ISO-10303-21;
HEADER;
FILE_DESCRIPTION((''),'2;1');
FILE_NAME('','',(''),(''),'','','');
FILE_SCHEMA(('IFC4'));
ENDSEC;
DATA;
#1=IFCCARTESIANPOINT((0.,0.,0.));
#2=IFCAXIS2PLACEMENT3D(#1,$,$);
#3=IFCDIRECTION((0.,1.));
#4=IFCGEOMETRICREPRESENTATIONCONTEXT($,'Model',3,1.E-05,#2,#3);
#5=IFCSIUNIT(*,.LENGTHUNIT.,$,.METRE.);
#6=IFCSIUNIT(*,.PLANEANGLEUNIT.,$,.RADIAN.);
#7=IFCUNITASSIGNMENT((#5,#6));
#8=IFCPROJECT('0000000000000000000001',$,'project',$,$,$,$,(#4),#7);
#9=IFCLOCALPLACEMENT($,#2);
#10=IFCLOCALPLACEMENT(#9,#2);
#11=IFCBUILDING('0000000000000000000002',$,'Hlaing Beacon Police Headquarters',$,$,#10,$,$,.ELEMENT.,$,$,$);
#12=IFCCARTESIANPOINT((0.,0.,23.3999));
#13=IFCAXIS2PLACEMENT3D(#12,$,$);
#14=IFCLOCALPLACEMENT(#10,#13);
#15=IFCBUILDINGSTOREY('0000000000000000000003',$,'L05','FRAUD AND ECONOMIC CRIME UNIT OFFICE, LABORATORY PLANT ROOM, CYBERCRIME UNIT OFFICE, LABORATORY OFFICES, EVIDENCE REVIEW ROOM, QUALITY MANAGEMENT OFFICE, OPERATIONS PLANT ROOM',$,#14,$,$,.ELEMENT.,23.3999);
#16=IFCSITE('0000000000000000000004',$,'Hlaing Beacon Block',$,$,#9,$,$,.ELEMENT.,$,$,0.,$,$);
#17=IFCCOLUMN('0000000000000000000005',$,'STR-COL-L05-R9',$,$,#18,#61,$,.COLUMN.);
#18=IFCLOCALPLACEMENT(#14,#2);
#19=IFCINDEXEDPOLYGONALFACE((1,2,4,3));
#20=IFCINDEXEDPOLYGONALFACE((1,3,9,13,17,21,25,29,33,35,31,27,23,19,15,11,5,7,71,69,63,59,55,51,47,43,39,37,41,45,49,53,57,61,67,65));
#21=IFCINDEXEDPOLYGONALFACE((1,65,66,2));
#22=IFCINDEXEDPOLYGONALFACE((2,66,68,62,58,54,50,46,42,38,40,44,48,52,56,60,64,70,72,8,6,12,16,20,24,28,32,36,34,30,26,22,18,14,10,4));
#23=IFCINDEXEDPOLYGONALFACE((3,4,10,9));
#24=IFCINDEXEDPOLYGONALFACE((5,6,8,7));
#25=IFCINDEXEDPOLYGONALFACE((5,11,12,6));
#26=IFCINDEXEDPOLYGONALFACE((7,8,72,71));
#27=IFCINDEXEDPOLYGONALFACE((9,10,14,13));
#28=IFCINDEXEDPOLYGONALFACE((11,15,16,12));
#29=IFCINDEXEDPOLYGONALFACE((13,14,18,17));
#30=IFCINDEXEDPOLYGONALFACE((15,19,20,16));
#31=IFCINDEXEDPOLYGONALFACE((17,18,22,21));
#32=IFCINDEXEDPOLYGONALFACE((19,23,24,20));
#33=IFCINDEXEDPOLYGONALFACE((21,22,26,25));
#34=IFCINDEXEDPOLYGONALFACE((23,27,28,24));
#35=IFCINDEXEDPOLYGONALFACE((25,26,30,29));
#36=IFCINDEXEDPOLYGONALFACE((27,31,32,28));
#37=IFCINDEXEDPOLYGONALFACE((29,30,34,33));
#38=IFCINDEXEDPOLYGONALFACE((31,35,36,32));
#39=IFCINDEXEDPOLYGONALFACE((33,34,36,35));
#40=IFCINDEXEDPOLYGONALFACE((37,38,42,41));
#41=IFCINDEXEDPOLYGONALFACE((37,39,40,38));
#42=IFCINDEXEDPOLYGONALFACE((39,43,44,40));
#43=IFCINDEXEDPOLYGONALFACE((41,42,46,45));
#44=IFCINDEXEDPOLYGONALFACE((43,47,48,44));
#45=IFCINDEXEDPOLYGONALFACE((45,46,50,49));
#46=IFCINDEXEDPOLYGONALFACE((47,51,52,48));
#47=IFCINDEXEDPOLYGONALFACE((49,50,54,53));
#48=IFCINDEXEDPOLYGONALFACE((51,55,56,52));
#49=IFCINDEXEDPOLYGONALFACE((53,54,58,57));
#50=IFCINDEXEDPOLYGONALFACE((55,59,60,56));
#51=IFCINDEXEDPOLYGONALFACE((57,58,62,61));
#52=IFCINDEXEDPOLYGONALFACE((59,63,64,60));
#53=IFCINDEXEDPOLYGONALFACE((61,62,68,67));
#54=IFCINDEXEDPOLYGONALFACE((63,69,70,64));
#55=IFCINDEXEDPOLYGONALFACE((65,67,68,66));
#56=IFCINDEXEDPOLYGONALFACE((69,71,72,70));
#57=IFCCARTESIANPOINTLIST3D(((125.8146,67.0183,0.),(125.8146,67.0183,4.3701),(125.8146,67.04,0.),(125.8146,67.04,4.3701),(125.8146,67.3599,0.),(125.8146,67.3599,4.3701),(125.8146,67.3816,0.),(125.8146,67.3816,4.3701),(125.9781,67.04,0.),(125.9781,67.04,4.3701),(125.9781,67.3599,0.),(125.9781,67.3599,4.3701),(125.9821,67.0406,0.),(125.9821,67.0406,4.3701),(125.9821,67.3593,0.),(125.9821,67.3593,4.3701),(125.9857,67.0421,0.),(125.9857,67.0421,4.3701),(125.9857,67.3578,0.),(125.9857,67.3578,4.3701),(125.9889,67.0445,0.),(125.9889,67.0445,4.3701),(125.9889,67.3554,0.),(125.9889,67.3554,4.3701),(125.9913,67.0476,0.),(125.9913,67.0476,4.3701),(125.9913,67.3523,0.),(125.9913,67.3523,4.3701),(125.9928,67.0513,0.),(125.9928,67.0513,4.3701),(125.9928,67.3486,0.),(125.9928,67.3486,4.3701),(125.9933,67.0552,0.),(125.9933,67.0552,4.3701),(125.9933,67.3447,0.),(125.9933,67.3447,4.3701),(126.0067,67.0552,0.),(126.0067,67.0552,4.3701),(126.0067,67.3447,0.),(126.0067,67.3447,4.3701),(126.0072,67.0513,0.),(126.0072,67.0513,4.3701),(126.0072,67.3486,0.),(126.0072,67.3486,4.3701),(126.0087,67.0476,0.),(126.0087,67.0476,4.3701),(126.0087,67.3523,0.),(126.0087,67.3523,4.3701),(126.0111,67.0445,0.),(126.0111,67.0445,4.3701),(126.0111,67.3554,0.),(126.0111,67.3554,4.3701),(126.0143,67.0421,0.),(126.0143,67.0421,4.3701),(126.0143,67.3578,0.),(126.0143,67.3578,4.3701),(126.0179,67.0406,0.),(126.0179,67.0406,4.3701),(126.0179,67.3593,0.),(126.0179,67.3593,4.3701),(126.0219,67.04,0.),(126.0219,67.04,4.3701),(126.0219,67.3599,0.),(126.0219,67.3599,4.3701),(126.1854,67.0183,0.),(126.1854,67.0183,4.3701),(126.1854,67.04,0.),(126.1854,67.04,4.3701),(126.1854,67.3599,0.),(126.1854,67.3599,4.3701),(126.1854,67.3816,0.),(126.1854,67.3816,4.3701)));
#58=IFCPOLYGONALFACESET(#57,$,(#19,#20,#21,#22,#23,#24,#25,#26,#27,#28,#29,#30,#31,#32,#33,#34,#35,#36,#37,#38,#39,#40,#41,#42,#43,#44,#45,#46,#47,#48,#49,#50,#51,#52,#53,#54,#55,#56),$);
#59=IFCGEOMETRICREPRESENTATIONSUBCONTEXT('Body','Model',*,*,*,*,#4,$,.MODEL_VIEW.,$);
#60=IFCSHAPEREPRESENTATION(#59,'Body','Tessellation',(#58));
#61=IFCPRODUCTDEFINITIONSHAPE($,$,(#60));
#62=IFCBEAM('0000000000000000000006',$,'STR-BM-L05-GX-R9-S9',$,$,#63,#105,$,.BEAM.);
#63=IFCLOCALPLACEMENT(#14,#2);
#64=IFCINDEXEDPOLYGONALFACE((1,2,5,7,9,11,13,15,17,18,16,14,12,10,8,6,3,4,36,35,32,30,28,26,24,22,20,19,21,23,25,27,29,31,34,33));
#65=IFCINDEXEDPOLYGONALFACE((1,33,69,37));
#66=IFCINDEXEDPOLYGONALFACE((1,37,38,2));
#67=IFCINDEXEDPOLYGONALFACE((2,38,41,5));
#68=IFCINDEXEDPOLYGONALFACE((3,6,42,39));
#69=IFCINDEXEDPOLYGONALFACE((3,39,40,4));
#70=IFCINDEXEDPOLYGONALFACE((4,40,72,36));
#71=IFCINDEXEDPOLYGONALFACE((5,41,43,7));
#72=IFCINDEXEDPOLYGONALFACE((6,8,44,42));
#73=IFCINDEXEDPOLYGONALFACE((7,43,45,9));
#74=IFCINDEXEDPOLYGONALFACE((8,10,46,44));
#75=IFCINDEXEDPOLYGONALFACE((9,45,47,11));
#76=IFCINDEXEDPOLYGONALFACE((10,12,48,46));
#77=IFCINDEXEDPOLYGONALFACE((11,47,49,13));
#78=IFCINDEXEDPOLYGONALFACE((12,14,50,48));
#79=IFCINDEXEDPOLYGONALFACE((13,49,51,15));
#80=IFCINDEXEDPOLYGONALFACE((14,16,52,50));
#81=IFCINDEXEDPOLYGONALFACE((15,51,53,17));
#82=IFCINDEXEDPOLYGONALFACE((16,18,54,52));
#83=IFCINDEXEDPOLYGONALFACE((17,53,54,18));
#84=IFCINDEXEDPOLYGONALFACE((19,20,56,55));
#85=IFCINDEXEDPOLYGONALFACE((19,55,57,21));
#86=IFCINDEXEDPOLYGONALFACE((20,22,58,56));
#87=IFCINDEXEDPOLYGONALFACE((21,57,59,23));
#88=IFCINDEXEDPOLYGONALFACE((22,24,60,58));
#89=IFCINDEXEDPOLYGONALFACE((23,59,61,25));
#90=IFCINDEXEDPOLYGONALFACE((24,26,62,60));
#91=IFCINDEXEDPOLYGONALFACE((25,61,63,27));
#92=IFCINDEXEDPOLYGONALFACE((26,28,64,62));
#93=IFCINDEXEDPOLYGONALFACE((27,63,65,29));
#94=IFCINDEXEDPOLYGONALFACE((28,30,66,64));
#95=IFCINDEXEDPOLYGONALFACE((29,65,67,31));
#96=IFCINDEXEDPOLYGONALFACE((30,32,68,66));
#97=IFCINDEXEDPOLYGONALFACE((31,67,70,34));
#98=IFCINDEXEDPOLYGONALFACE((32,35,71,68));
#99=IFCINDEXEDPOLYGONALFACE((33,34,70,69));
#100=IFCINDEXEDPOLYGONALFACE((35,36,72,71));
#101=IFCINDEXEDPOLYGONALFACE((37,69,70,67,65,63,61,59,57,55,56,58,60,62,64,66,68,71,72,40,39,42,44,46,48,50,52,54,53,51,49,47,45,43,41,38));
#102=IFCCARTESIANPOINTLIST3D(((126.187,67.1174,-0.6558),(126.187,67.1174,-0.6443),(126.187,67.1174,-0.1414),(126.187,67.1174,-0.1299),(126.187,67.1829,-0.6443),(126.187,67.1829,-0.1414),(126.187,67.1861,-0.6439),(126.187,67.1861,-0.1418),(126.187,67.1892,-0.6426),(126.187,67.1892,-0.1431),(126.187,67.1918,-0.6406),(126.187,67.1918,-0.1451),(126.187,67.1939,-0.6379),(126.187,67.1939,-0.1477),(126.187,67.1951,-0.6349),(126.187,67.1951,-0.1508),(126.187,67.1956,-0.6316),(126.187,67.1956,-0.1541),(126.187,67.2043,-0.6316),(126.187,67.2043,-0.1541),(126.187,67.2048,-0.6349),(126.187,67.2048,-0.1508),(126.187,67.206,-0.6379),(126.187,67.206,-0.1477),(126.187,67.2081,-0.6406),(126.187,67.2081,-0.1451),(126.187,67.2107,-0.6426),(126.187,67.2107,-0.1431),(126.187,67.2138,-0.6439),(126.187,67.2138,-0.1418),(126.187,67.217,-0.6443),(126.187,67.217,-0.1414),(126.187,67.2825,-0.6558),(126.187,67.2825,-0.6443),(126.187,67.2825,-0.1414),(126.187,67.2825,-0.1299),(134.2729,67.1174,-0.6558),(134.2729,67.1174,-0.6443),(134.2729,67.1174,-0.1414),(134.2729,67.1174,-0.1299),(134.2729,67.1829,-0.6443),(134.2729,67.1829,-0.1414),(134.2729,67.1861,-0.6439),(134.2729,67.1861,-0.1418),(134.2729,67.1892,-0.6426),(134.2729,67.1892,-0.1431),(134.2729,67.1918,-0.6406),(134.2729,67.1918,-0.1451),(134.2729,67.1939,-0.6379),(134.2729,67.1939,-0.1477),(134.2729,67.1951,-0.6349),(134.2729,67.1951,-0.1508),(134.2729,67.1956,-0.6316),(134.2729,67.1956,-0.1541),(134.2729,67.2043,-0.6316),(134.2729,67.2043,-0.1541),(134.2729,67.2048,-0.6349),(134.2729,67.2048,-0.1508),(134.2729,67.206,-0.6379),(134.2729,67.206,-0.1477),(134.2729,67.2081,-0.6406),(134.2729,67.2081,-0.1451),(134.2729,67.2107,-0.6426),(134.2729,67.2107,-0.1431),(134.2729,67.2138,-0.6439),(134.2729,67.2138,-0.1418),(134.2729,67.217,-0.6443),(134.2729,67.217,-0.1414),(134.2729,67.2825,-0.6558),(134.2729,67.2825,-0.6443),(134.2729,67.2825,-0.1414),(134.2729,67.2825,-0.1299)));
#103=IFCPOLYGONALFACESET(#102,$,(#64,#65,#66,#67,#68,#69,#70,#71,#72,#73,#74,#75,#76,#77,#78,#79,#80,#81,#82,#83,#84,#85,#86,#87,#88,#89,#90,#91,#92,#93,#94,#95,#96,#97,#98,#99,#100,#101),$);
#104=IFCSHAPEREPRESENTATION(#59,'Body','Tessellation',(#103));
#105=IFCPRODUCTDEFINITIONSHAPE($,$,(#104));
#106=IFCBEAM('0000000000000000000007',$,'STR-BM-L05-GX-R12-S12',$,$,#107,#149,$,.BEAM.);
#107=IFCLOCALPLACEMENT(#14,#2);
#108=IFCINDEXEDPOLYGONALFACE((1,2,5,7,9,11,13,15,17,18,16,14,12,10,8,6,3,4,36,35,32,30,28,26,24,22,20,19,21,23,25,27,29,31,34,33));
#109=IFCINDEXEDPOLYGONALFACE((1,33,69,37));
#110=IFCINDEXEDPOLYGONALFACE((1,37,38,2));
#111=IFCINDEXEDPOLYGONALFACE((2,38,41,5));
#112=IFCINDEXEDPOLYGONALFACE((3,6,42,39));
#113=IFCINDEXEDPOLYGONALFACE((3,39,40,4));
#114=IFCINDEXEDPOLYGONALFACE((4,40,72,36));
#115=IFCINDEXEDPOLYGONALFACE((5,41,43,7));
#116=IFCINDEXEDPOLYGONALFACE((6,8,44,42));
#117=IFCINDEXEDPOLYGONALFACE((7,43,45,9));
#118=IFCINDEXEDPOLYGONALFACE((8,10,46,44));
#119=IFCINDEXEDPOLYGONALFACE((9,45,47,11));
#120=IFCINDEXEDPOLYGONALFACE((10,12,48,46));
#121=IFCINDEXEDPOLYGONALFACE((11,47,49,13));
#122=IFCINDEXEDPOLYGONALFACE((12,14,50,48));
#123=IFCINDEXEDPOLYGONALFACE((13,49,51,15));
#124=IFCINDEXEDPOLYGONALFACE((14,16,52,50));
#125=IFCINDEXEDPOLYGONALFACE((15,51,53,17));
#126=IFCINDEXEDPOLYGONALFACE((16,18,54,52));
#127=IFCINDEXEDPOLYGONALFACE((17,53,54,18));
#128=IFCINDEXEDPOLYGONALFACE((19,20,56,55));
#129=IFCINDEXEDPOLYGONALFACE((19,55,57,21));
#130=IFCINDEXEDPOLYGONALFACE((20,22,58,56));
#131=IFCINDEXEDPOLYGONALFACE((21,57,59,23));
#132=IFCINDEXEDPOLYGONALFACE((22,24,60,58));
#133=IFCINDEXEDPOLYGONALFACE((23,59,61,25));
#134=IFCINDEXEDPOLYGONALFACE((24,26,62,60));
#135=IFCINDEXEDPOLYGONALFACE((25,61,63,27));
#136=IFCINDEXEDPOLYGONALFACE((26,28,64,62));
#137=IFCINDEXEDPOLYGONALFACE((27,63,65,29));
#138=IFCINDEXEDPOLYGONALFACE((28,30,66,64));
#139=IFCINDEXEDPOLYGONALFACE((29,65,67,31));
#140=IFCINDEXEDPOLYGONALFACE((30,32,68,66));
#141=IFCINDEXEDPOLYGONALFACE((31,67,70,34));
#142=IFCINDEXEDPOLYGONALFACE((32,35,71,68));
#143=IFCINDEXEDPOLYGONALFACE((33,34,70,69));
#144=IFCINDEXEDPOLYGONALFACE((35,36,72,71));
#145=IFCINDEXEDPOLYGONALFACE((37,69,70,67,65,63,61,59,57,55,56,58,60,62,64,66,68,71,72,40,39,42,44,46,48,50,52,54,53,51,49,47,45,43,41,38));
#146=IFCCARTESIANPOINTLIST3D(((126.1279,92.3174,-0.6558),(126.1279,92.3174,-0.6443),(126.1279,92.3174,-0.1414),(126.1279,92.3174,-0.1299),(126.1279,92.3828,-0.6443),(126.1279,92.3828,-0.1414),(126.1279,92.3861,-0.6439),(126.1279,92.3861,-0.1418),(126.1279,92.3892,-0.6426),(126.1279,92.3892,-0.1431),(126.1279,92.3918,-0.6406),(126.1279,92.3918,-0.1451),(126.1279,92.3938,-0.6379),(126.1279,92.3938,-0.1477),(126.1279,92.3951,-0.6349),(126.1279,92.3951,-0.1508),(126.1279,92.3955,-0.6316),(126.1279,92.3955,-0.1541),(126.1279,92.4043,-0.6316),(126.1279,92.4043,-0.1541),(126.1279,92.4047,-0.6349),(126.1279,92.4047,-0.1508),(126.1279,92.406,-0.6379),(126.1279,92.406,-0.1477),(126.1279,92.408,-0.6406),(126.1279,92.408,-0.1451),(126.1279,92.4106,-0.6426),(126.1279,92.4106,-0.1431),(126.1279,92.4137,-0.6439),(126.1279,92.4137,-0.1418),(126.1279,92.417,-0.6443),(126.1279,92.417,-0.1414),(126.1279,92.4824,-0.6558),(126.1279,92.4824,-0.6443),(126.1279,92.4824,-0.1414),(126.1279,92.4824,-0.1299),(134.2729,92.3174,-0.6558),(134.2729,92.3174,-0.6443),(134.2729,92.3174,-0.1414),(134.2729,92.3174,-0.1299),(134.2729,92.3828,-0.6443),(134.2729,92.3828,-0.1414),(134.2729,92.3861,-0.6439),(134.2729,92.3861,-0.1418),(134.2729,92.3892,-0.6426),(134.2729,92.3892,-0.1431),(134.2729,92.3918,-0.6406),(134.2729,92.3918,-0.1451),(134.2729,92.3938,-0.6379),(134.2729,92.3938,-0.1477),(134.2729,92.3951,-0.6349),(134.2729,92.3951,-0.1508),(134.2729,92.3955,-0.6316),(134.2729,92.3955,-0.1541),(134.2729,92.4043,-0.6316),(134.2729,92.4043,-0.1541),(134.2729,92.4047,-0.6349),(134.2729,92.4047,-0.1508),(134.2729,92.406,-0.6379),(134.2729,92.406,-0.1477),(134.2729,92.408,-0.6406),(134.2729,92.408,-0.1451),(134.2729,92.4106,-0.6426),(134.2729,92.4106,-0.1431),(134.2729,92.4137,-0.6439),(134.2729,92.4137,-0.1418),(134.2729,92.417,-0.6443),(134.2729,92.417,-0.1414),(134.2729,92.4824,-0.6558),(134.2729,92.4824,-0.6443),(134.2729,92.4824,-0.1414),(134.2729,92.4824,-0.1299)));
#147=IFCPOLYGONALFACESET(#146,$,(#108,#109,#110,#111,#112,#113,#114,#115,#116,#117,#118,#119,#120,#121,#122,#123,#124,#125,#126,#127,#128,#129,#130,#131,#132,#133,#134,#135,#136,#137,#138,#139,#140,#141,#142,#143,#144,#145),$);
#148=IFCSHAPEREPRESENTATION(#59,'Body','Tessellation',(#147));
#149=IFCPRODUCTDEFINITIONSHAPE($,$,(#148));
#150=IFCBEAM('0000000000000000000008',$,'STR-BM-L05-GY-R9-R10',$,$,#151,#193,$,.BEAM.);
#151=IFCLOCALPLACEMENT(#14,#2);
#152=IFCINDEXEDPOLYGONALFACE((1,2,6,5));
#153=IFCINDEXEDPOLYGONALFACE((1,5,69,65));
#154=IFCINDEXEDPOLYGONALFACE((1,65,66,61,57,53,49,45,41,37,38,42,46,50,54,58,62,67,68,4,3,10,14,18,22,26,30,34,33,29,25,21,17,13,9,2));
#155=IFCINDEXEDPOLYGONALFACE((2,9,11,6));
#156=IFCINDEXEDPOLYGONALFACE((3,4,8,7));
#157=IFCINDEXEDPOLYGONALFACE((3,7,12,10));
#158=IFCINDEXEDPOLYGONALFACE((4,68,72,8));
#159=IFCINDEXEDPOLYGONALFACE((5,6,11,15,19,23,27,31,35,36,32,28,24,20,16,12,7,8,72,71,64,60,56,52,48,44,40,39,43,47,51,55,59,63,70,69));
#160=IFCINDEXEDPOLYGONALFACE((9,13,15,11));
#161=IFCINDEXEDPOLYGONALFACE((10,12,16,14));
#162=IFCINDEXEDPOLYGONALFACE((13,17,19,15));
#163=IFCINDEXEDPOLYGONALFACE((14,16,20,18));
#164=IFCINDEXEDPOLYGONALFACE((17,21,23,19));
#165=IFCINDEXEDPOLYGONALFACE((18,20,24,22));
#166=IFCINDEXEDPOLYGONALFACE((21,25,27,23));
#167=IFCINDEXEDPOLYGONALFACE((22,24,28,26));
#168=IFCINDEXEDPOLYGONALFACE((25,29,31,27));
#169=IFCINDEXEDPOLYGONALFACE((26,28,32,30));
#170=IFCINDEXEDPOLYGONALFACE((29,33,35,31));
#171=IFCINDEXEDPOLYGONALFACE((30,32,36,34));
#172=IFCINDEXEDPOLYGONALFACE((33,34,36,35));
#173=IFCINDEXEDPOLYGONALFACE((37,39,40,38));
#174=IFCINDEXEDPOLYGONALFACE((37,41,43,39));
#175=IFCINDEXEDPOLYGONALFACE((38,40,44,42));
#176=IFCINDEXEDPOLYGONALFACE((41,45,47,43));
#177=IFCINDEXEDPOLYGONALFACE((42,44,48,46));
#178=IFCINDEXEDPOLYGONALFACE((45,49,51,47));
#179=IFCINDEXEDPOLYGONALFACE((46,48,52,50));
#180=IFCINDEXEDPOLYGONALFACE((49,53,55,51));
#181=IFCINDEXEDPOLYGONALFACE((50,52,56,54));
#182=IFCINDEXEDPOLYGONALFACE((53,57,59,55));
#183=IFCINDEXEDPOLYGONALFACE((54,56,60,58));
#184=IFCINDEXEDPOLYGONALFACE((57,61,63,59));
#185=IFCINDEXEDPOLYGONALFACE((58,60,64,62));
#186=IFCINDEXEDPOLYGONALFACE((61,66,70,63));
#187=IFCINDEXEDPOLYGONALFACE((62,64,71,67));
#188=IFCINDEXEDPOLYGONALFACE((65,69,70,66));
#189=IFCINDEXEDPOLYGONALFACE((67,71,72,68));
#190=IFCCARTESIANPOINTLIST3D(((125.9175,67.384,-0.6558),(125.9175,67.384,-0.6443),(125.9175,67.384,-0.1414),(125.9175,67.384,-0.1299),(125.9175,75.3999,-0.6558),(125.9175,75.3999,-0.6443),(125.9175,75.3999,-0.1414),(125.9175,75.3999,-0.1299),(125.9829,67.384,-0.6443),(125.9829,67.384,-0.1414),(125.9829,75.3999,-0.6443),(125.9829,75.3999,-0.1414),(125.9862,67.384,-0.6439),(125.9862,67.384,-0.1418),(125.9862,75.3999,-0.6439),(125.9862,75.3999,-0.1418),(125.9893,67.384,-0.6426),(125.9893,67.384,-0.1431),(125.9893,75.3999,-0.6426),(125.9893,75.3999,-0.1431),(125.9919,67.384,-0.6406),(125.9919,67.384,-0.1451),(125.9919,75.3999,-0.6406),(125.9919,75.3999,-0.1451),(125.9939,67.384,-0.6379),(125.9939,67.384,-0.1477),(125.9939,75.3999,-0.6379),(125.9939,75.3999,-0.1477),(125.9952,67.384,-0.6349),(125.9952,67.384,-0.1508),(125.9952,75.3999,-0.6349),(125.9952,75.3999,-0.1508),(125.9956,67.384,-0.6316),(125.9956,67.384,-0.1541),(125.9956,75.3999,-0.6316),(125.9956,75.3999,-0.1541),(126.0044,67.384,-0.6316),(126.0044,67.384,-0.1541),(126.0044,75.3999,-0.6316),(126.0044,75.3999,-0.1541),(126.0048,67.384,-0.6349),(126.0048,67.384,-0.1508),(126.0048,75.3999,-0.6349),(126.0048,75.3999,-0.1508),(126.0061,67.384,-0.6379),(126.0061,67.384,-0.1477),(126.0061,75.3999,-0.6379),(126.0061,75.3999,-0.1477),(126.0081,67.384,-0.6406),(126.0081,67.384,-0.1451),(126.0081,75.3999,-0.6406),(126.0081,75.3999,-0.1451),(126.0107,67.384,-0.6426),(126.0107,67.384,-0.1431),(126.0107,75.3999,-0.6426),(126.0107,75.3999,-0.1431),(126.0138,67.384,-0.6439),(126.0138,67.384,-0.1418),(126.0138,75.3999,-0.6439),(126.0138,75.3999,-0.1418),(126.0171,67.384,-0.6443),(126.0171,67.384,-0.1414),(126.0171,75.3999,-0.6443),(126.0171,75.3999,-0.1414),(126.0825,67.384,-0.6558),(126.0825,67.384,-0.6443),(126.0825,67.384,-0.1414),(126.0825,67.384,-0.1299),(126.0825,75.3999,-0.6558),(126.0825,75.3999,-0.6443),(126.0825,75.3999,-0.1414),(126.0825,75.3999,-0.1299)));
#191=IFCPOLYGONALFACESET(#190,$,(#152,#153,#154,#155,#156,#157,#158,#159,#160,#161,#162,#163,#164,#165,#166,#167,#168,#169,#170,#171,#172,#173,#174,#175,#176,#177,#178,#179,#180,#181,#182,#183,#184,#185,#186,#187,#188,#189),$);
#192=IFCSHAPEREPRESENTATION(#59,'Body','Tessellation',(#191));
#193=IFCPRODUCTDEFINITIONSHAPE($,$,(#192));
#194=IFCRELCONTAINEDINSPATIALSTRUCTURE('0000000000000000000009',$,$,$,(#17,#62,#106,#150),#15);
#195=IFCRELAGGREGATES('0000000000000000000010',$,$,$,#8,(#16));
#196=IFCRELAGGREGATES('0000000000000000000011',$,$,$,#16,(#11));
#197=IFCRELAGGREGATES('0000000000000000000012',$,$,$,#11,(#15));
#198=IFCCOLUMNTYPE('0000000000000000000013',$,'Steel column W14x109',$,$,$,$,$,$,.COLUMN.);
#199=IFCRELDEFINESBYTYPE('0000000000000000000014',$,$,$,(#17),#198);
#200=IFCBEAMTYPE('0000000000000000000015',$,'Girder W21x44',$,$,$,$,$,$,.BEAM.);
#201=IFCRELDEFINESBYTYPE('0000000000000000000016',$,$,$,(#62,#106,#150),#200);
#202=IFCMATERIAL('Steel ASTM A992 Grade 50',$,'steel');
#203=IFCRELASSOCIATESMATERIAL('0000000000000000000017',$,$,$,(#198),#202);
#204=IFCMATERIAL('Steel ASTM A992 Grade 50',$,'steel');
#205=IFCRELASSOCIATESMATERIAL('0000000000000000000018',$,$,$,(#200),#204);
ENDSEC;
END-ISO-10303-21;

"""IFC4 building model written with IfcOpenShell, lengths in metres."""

from ifc_helpers import new_model, si_unit, direction, frame, origin, origin_2d, place, context, subcontext, project, spatial, i_section, extrude, material, material_profile, profile_set, type_object, element, save


model = new_model("IFC4")

# Units and contexts
model_context = context("Model", 3, precision=1e-05, world=origin(), true_north=direction((0.0, 1.0)))
body_context = subcontext(model_context, "Body", "Model", "MODEL_VIEW")
ifc_project = project(units=[si_unit("LENGTHUNIT", "METRE"), si_unit("PLANEANGLEUNIT", "RADIAN")], contexts=[model_context])

# Site, building, storey
site_placement = place(None, origin())
site = spatial("IfcSite", under=ifc_project, at=site_placement, Name="Hlaing Beacon Block", CompositionType="ELEMENT", RefElevation=0.0)
building_placement = place(site_placement, origin())
building = spatial("IfcBuilding", under=site, at=building_placement, Name="Hlaing Beacon Police Headquarters", CompositionType="ELEMENT")
storey_placement = place(building_placement, frame((0.0, 0.0, 23.3999)))
storey = spatial("IfcBuildingStorey", under=building, at=storey_placement, Name="L05", Description="FRAUD AND ECONOMIC CRIME UNIT OFFICE, LABORATORY PLANT ROOM, CYBERCRIME UNIT OFFICE, LABORATORY OFFICES, EVIDENCE REVIEW ROOM, QUALITY MANAGEMENT OFFICE, OPERATIONS PLANT ROOM", CompositionType="ELEMENT", Elevation=23.3999)

# Column
ifc_material_1 = material(Name="Steel ASTM A992 Grade 50", Category="steel")
ifc_material_profile_1 = material_profile(ifc_material_1, i_section(OverallWidth=0.3708, OverallDepth=0.3633, WebThickness=0.0134, FlangeThickness=0.0217, FilletRadius=0.0151, at=origin_2d()), Name="W14x109")
ifc_profile_set_1 = profile_set([ifc_material_profile_1], Name="Steel ASTM A992 Grade 50")
column_type = type_object("IfcColumnType", Name="Steel column W14x109", PredefinedType="COLUMN", material=ifc_profile_set_1)
column_placement = place(storey_placement, frame((126.0, 67.2, 0.0), z_axis=(0.0, 0.0, 1.0), x_axis=(1.0, 0.0, 0.0)))
element("IfcColumn", 1, at=column_placement, inside=storey, type_object=column_type, Name="STR-COL-L05-R9", PredefinedType="COLUMN", context=body_context, shape_type="SweptSolid", body=[
    extrude(i_section(OverallWidth=0.3708, OverallDepth=0.3633, WebThickness=0.0134, FlangeThickness=0.0217, FilletRadius=0.0151, at=origin_2d()), origin(), (0.0, 0.0, 1.0), 4.3701),
])

# Beams
ifc_material_2 = material(Name="Steel ASTM A992 Grade 50", Category="steel")
ifc_material_profile_2 = material_profile(ifc_material_2, i_section(OverallWidth=0.165, OverallDepth=0.5259, WebThickness=0.0088, FlangeThickness=0.0115, FilletRadius=0.0127, at=origin_2d()), Name="W21x44")
ifc_profile_set_2 = profile_set([ifc_material_profile_2], Name="Steel ASTM A992 Grade 50")
beam_type_1 = type_object("IfcBeamType", Name="Girder W21x44", PredefinedType="BEAM", material=ifc_profile_set_2)
beam_1_placement = place(storey_placement, frame((126.187, 67.2, -0.3928), z_axis=(1.0, 0.0, 0.0), x_axis=(0.0, 1.0, 0.0)))
element("IfcBeam", 2, at=beam_1_placement, inside=storey, type_object=beam_type_1, Name="STR-BM-L05-GX-R9-S9", PredefinedType="BEAM", context=body_context, shape_type="SweptSolid", body=[
    extrude(i_section(OverallWidth=0.165, OverallDepth=0.5259, WebThickness=0.0088, FlangeThickness=0.0115, FilletRadius=0.0127, at=origin_2d()), origin(), (0.0, 0.0, 1.0), 8.0859),
])
beam_2_placement = place(storey_placement, frame((126.1279, 92.3999, -0.3928), z_axis=(1.0, 0.0, 0.0), x_axis=(0.0, 1.0, 0.0)))
element("IfcBeam", 3, at=beam_2_placement, inside=storey, type_object=beam_type_1, Name="STR-BM-L05-GX-R12-S12", PredefinedType="BEAM", context=body_context, shape_type="SweptSolid", body=[
    extrude(i_section(OverallWidth=0.165, OverallDepth=0.5259, WebThickness=0.0088, FlangeThickness=0.0115, FilletRadius=0.0127, at=origin_2d()), origin(), (0.0, 0.0, 1.0), 8.145),
])
beam_3_placement = place(storey_placement, frame((126.0, 67.384, -0.3928), z_axis=(0.0, 1.0, 0.0), x_axis=(-1.0, 0.0, 0.0)))
element("IfcBeam", 4, at=beam_3_placement, inside=storey, type_object=beam_type_1, Name="STR-BM-L05-GY-R9-R10", PredefinedType="BEAM", context=body_context, shape_type="SweptSolid", body=[
    extrude(i_section(OverallWidth=0.165, OverallDepth=0.5259, WebThickness=0.0088, FlangeThickness=0.0115, FilletRadius=0.0127, at=origin_2d()), origin(), (0.0, 0.0, 1.0), 8.0159),
])

save(model, "model.ifc")
